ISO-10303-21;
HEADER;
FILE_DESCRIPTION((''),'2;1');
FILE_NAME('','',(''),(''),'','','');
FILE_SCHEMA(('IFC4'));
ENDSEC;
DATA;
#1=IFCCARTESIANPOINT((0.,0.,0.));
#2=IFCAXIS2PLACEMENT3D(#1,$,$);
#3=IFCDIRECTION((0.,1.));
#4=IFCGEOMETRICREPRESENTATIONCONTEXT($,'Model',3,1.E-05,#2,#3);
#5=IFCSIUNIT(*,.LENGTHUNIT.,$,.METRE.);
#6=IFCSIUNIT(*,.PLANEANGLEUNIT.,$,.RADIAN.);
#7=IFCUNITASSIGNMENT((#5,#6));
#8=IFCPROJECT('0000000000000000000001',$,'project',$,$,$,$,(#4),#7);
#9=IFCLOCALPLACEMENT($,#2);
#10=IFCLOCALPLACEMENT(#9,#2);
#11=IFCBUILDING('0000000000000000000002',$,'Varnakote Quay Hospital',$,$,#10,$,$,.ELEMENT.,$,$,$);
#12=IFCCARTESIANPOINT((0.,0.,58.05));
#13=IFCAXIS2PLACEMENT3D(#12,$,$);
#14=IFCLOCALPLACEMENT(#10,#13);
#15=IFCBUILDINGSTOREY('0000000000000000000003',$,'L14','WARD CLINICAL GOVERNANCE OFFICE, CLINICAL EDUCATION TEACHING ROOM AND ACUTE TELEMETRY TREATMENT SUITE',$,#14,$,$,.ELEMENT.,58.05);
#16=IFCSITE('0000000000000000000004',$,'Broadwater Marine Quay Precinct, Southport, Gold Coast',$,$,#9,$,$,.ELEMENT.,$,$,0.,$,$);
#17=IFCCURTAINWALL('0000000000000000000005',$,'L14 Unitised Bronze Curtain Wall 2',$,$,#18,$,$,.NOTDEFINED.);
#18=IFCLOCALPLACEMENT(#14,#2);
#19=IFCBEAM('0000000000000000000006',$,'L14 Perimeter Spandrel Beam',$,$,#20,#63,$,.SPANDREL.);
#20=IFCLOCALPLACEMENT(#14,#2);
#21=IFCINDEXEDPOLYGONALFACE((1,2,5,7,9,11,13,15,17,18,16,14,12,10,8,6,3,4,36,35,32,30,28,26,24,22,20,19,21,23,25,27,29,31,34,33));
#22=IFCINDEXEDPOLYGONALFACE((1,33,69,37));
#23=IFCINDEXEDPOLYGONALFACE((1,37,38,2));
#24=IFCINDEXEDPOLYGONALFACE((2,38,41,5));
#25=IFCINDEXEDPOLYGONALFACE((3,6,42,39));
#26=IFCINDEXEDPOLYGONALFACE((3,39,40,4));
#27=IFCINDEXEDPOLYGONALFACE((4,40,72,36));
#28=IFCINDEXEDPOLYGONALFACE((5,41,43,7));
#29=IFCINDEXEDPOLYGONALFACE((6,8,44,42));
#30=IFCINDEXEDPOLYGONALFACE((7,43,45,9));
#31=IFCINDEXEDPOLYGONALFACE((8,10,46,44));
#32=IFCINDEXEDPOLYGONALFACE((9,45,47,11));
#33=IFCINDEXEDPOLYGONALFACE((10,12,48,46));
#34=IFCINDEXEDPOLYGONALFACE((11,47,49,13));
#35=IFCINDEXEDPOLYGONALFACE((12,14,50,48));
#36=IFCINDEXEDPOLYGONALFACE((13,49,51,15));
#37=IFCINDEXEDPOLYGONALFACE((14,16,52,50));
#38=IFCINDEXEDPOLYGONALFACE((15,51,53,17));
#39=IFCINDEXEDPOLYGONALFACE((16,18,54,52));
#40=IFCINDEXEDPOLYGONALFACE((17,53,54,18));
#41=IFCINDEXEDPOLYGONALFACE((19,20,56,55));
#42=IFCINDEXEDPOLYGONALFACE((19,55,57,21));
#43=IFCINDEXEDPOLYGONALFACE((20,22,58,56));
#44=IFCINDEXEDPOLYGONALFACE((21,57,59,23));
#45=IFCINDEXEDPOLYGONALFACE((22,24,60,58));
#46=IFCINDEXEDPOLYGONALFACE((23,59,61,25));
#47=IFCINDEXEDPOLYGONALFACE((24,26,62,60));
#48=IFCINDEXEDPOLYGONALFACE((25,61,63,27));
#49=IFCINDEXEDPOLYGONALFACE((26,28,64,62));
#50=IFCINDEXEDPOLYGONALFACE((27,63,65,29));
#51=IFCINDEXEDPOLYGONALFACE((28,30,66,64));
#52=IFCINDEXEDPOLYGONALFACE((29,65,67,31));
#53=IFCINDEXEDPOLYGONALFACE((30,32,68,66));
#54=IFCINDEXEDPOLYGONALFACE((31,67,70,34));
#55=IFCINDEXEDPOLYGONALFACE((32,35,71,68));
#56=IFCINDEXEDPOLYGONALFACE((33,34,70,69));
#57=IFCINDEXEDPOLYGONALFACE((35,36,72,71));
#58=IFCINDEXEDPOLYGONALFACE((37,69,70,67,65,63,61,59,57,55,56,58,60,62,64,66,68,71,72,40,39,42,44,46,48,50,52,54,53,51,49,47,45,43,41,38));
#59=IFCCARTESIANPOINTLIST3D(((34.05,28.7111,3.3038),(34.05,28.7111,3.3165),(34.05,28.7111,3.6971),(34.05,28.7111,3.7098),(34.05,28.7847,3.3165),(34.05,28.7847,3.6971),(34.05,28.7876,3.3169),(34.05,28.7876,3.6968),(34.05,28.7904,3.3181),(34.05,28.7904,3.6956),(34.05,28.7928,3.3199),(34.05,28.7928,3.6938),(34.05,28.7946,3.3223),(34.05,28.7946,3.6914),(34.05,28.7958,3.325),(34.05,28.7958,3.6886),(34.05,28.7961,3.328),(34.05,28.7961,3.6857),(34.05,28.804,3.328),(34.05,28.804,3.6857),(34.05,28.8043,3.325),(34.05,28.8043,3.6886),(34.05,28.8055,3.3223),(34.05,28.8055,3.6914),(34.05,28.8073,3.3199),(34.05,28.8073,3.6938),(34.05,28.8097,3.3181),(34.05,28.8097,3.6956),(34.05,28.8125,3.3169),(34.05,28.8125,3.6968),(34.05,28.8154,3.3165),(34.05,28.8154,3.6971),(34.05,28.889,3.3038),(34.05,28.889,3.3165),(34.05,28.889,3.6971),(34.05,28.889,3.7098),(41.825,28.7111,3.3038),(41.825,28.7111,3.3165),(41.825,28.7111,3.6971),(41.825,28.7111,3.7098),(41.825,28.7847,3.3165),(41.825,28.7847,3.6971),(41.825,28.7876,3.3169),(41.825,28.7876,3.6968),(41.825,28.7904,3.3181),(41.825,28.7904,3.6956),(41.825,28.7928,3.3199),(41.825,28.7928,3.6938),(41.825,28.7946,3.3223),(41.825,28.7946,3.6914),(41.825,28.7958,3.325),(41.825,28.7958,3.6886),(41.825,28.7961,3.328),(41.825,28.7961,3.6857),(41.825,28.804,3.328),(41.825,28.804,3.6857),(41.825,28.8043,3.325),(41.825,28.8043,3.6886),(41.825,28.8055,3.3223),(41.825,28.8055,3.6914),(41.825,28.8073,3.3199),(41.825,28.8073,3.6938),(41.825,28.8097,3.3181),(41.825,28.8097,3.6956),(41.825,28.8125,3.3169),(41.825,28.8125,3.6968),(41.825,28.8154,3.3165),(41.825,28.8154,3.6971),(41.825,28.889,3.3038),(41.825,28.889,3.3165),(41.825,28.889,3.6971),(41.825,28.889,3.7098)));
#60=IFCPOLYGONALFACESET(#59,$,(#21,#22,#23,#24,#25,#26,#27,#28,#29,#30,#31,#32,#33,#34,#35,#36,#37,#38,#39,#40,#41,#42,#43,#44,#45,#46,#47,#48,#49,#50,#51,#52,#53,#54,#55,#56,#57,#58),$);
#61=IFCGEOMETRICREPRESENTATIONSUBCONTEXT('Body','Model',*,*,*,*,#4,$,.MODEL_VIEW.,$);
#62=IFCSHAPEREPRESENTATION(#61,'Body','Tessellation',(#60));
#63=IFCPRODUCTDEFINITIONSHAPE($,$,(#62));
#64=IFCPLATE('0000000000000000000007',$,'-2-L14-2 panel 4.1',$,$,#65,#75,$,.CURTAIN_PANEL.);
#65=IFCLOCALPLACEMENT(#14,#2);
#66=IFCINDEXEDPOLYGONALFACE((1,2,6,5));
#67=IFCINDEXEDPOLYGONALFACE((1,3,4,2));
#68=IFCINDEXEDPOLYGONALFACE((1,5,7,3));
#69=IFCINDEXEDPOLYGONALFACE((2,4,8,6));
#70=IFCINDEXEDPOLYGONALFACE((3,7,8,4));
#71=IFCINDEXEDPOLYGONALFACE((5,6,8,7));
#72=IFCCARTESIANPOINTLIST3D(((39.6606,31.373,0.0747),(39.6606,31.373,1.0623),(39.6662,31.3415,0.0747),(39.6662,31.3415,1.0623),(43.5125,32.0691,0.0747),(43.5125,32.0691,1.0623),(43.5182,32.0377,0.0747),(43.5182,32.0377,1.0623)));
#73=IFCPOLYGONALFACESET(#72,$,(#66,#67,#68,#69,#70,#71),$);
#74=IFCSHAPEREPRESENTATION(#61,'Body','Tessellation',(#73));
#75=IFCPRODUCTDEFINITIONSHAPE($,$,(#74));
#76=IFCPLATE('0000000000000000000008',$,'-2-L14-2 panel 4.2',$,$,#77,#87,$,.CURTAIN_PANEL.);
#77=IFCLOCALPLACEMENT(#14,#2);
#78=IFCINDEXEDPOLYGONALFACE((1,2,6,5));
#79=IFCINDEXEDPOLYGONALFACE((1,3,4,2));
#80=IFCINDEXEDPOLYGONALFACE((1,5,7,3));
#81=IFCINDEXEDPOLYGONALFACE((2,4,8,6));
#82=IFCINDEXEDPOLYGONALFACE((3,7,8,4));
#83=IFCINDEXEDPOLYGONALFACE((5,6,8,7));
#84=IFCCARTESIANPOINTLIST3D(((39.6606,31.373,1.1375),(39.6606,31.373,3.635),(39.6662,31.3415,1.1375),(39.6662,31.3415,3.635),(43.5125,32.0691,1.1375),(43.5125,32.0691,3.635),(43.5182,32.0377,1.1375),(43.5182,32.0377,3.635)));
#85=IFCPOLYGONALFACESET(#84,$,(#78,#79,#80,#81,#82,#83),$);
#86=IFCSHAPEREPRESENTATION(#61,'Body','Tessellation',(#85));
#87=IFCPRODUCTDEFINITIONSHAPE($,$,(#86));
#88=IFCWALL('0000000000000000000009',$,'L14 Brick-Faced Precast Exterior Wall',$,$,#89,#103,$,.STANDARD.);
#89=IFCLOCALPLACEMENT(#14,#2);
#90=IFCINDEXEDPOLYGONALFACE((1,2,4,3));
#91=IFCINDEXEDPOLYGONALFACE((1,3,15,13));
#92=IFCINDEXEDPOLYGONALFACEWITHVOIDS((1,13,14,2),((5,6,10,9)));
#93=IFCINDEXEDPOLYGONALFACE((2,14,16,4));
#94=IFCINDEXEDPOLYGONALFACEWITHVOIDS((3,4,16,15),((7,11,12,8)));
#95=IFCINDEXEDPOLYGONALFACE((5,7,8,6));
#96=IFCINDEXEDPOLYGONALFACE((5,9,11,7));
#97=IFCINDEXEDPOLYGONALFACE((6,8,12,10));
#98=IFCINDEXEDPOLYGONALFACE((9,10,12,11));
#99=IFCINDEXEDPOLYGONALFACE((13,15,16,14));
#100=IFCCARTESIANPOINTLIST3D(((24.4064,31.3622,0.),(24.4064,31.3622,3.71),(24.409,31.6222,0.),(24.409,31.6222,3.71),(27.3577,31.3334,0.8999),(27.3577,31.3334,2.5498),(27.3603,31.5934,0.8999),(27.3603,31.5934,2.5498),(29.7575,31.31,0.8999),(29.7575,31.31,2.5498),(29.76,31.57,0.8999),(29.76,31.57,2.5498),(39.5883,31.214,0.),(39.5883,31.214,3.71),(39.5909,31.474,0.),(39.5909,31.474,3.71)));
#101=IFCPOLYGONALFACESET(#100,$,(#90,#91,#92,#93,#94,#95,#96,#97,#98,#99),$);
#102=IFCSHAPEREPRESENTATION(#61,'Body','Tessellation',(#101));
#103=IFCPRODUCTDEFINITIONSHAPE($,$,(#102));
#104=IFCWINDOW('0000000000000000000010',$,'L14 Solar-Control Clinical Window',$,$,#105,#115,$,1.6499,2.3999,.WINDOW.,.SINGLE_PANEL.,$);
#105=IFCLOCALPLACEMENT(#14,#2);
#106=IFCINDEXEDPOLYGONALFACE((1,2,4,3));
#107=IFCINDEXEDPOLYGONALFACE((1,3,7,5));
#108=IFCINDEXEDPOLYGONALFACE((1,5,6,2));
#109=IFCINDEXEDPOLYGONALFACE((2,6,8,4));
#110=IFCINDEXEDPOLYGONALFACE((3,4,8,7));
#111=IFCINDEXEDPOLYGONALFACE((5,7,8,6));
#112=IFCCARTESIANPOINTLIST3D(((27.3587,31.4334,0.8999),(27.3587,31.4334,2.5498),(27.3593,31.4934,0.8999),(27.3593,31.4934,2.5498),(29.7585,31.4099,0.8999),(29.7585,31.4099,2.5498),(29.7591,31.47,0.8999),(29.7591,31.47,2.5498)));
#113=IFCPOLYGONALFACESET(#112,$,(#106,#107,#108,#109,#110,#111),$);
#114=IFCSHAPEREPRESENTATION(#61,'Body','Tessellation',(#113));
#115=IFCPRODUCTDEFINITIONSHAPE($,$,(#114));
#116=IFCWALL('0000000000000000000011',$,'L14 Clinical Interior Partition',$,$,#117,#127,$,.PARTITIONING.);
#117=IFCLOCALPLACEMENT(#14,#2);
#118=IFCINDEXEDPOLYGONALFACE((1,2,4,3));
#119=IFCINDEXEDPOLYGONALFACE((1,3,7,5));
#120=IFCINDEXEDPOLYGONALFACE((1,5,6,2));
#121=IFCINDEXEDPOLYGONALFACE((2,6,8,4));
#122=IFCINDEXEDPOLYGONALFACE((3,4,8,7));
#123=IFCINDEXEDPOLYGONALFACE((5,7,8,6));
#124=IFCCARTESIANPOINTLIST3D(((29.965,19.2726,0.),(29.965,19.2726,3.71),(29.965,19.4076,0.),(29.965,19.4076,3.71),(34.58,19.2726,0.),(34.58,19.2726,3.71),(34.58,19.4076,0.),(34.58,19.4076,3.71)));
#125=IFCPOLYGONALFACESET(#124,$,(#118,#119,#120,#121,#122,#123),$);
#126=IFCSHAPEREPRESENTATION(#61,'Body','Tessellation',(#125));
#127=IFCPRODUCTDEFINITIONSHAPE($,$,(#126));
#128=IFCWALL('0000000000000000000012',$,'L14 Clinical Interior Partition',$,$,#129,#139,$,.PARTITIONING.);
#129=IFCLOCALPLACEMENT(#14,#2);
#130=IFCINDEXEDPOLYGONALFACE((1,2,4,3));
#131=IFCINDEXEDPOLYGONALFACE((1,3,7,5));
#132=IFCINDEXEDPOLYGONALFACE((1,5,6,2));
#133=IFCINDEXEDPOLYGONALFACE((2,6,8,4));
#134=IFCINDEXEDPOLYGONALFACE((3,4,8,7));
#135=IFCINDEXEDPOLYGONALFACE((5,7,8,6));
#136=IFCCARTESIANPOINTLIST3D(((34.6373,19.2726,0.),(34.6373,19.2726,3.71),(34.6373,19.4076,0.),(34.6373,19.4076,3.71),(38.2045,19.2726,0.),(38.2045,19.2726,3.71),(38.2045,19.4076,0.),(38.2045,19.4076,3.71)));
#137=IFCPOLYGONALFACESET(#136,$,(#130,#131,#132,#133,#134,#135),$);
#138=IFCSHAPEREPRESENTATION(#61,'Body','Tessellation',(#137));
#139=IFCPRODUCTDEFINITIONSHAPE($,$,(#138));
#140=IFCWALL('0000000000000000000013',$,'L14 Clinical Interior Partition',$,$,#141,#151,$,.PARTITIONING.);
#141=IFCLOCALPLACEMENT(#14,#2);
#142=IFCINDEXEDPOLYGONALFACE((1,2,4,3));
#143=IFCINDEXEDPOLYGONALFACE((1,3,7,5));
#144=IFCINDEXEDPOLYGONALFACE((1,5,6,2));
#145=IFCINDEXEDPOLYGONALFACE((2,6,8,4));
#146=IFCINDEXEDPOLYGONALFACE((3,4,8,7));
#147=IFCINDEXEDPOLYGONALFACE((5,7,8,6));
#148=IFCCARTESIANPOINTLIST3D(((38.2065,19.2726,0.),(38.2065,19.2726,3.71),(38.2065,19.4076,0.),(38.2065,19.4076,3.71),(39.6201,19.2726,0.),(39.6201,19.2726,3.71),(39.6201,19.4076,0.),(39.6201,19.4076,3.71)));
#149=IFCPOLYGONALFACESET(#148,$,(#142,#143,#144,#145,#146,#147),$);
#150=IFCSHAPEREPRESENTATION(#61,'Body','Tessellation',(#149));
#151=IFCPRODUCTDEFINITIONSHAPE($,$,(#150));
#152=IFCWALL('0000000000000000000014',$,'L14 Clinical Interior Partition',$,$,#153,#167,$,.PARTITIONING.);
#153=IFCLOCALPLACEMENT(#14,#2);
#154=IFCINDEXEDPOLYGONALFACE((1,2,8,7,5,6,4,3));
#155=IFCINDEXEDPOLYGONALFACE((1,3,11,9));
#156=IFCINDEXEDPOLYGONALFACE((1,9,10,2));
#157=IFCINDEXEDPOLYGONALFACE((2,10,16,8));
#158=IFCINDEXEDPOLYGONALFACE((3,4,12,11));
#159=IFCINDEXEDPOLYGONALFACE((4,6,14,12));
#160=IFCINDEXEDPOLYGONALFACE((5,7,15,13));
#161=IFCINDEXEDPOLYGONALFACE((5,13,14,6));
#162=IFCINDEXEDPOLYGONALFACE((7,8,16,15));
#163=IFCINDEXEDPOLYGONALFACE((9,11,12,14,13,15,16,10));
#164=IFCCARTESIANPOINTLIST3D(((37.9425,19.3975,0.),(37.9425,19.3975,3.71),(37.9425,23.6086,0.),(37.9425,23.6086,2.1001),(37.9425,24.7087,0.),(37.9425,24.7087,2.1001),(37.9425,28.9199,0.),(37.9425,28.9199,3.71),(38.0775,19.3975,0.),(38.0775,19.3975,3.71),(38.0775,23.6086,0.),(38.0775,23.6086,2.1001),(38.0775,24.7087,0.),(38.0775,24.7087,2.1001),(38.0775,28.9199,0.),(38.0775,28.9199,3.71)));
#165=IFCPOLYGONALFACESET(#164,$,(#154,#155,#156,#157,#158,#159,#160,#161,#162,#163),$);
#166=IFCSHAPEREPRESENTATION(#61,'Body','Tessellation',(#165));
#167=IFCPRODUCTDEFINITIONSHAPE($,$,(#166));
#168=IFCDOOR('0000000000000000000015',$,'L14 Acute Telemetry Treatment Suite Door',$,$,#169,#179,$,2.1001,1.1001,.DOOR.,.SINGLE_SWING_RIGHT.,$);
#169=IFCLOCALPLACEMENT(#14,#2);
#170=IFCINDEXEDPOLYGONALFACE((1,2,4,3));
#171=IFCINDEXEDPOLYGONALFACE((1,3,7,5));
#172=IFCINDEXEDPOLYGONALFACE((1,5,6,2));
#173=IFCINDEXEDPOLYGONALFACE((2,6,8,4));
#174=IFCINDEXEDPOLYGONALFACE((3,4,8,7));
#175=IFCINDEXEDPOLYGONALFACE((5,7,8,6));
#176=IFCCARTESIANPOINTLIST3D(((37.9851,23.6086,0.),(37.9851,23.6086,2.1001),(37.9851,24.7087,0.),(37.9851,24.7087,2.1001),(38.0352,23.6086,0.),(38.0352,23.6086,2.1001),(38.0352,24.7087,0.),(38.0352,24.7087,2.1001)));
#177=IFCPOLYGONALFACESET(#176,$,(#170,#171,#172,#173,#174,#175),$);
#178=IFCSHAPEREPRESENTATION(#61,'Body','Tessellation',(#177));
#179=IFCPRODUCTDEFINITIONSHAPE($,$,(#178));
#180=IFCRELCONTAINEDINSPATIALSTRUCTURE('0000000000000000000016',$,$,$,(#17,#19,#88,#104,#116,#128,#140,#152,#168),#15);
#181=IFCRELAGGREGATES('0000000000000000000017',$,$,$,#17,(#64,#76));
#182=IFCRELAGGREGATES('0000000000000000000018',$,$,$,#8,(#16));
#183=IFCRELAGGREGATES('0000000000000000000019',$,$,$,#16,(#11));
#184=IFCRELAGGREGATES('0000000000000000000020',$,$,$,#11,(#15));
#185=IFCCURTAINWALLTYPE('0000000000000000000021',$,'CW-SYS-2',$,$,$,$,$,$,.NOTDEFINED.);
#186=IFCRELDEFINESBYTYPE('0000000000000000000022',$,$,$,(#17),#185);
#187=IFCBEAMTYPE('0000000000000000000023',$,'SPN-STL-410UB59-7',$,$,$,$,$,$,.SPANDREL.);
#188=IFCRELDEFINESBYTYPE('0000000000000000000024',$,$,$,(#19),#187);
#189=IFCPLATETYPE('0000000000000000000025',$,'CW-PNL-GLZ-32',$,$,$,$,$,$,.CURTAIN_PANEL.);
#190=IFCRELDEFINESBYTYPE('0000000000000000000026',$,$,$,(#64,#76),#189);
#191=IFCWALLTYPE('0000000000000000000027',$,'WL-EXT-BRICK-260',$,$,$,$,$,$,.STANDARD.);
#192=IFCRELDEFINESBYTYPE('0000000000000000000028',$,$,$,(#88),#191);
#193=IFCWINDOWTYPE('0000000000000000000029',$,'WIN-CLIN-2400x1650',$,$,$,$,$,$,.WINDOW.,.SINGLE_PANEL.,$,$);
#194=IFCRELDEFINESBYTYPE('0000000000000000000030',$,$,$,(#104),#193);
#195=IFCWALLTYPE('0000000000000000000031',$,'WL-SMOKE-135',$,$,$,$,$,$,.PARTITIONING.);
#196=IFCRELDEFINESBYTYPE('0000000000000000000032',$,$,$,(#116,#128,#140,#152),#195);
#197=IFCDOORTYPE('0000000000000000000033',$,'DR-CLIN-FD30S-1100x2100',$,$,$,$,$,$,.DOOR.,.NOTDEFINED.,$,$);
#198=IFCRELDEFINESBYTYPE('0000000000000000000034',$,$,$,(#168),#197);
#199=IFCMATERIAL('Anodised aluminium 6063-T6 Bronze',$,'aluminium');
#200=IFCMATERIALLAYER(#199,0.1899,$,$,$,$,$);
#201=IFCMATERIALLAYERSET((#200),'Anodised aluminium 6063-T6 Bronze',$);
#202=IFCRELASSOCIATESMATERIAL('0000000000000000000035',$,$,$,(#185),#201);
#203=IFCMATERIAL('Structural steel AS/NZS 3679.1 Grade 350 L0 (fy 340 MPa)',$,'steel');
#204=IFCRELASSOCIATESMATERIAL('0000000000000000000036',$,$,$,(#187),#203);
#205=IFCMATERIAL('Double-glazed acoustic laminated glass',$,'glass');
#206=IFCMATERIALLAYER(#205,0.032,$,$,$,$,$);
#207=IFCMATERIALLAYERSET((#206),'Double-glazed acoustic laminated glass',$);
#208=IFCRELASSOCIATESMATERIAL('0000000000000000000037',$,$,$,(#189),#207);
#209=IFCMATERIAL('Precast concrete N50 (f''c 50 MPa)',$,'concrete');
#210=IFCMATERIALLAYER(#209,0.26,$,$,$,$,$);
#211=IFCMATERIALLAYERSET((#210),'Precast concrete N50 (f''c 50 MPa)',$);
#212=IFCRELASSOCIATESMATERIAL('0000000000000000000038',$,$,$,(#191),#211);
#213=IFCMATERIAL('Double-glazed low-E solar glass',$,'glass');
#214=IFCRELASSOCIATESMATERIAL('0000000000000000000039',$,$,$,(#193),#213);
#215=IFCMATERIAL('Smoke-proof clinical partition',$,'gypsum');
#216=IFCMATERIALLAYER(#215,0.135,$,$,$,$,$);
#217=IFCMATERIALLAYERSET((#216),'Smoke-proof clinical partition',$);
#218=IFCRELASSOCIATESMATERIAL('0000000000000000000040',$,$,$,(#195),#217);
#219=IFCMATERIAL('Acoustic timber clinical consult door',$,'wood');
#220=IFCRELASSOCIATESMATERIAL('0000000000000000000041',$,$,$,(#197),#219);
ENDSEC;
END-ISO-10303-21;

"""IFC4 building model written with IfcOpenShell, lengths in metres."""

from ifc_helpers import new_model, si_unit, direction, frame, frame_2d, origin, origin_2d, place, context, subcontext, project, spatial, rectangle, i_section, extrude, material, layer, layer_set, material_profile, profile_set, type_object, element, fill, aggregate, save


model = new_model("IFC4")

# Units and contexts
model_context = context("Model", 3, precision=1e-05, world=origin(), true_north=direction((0.0, 1.0)))
body_context = subcontext(model_context, "Body", "Model", "MODEL_VIEW")
ifc_project = project(units=[si_unit("LENGTHUNIT", "METRE"), si_unit("PLANEANGLEUNIT", "RADIAN")], contexts=[model_context])

# Site, building, storey
site_placement = place(None, origin())
site = spatial("IfcSite", under=ifc_project, at=site_placement, Name="Broadwater Marine Quay Precinct, Southport, Gold Coast", CompositionType="ELEMENT", RefElevation=0.0)
building_placement = place(site_placement, origin())
building = spatial("IfcBuilding", under=site, at=building_placement, Name="Varnakote Quay Hospital", CompositionType="ELEMENT")
storey_placement = place(building_placement, frame((0.0, 0.0, 58.05)))
storey = spatial("IfcBuildingStorey", under=building, at=storey_placement, Name="L14", Description="WARD CLINICAL GOVERNANCE OFFICE, CLINICAL EDUCATION TEACHING ROOM AND ACUTE TELEMETRY TREATMENT SUITE", CompositionType="ELEMENT", Elevation=58.05)

# Curtain wall
ifc_material_1 = material(Name="Anodised aluminium 6063-T6 Bronze", Category="aluminium")
ifc_layer_1 = layer(ifc_material_1, 0.1899)
ifc_layer_set_1 = layer_set([ifc_layer_1], Name="Anodised aluminium 6063-T6 Bronze")
curtain_wall_type = type_object("IfcCurtainWallType", Name="CW-SYS-2", PredefinedType="NOTDEFINED", material=ifc_layer_set_1)
curtain_wall_placement = place(storey_placement, origin())
curtain_wall = element("IfcCurtainWall", 1, at=curtain_wall_placement, inside=storey, type_object=curtain_wall_type, Name="L14 Unitised Bronze Curtain Wall 2", PredefinedType="NOTDEFINED")

# Beam
ifc_material_2 = material(Name="Structural steel AS/NZS 3679.1 Grade 350 L0 (fy 340 MPa)", Category="steel")
ifc_material_profile_1 = material_profile(ifc_material_2, i_section(OverallWidth=0.178, OverallDepth=0.406, WebThickness=0.0078, FlangeThickness=0.0127, FilletRadius=0.0115, at=origin_2d()), Name="410UB59.7")
ifc_profile_set_1 = profile_set([ifc_material_profile_1], Name="Structural steel AS/NZS 3679.1 Grade 350 L0 (fy 340 MPa)")
beam_type_1 = type_object("IfcBeamType", Name="SPN-STL-410UB59-7", PredefinedType="SPANDREL", material=ifc_profile_set_1)
beam_1_placement = place(storey_placement, frame((34.05, 28.8, 3.5068), z_axis=(1.0, 0.0, 0.0), x_axis=(0.0, 1.0, 0.0)))
element("IfcBeam", 2, at=beam_1_placement, inside=storey, type_object=beam_type_1, Name="L14 Perimeter Spandrel Beam", PredefinedType="SPANDREL", context=body_context, shape_type="SweptSolid", body=[
    extrude(i_section(OverallWidth=0.178, OverallDepth=0.406, WebThickness=0.0078, FlangeThickness=0.0127, FilletRadius=0.0115, at=origin_2d()), origin(), (0.0, 0.0, 1.0), 7.7749),
])

# Plates
ifc_material_3 = material(Name="Double-glazed acoustic laminated glass", Category="glass")
ifc_layer_2 = layer(ifc_material_3, 0.032)
ifc_layer_set_2 = layer_set([ifc_layer_2], Name="Double-glazed acoustic laminated glass")
plate_type = type_object("IfcPlateType", Name="CW-PNL-GLZ-32", PredefinedType="CURTAIN_PANEL", material=ifc_layer_set_2)
plate_1_placement = place(storey_placement, frame((41.5894, 31.7053, 0.0747), z_axis=(0.0, 0.0, 1.0), x_axis=(-0.984058, -0.177846, 0.0)))
plate_1 = element("IfcPlate", 3, at=plate_1_placement, type_object=plate_type, Name="-2-L14-2 panel 4.1", PredefinedType="CURTAIN_PANEL", context=body_context, shape_type="SweptSolid", body=[
    extrude(rectangle(XDim=3.9143, YDim=0.032, at=origin_2d()), origin(), (0.0, 0.0, 1.0), 0.9875),
])
plate_2_placement = place(storey_placement, frame((41.5894, 31.7053, 1.1375), z_axis=(0.0, 0.0, 1.0), x_axis=(-0.984058, -0.177846, 0.0)))
plate_2 = element("IfcPlate", 4, at=plate_2_placement, type_object=plate_type, Name="-2-L14-2 panel 4.2", PredefinedType="CURTAIN_PANEL", context=body_context, shape_type="SweptSolid", body=[
    extrude(rectangle(XDim=3.9143, YDim=0.032, at=origin_2d()), origin(), (0.0, 0.0, 1.0), 2.4976),
])
aggregate(curtain_wall, [plate_1, plate_2])

# Wall, opening, window
ifc_material_4 = material(Name="Precast concrete N50 (f'c 50 MPa)", Category="concrete")
ifc_layer_3 = layer(ifc_material_4, 0.26)
ifc_layer_set_3 = layer_set([ifc_layer_3], Name="Precast concrete N50 (f'c 50 MPa)")
wall_type_1 = type_object("IfcWallType", Name="WL-EXT-BRICK-260", PredefinedType="STANDARD", material=ifc_layer_set_3)
wall_1_placement = place(storey_placement, frame((39.5896, 31.344, 0.0), z_axis=(0.0, 0.0, 1.0), x_axis=(-0.999952, 0.009761, 0.0)))
wall_1 = element("IfcWall", 5, at=wall_1_placement, inside=storey, type_object=wall_type_1, Name="L14 Brick-Faced Precast Exterior Wall", PredefinedType="STANDARD", context=body_context, shape_type="SweptSolid", body=[
    extrude(rectangle(XDim=15.1826, YDim=0.26, at=frame_2d((7.5913, 0.0))), origin(), (0.0, 0.0, 1.0), 3.71),
])
opening_1_placement = place(wall_1_placement, frame((9.8313, 0.0, 0.8999)))
opening_1 = element("IfcOpeningElement", 6, at=opening_1_placement, cuts=wall_1, PredefinedType="OPENING", context=body_context, shape_type="SweptSolid", body=[
    extrude(rectangle(XDim=2.3999, YDim=1.6499, at=frame_2d((1.2, 0.825))), frame((0.0, 0.1399, 0.0), z_axis=(0.0, -1.0, 0.0), x_axis=(1.0, 0.0, 0.0)), (0.0, 0.0, 1.0), 0.28),
])
ifc_material_5 = material(Name="Double-glazed low-E solar glass", Category="glass")
window_type = type_object("IfcWindowType", Name="WIN-CLIN-2400x1650", PartitioningType="SINGLE_PANEL", PredefinedType="WINDOW", material=ifc_material_5)
window_placement = place(opening_1_placement, origin())
window = element("IfcWindow", 7, at=window_placement, inside=storey, type_object=window_type, Name="L14 Solar-Control Clinical Window", OverallHeight=1.6499, OverallWidth=2.3999, PartitioningType="SINGLE_PANEL", PredefinedType="WINDOW", context=body_context, shape_type="SweptSolid", body=[
    extrude(rectangle(XDim=2.3999, YDim=1.6499, at=frame_2d((1.2, 0.825))), frame((0.0, 0.03, 0.0), z_axis=(0.0, -1.0, 0.0), x_axis=(1.0, 0.0, 0.0)), (0.0, 0.0, 1.0), 0.0601),
])
fill(opening_1, window)

# Walls
ifc_material_6 = material(Name="Smoke-proof clinical partition", Category="gypsum")
ifc_layer_4 = layer(ifc_material_6, 0.135)
ifc_layer_set_4 = layer_set([ifc_layer_4], Name="Smoke-proof clinical partition")
wall_type_2 = type_object("IfcWallType", Name="WL-SMOKE-135", PredefinedType="PARTITIONING", material=ifc_layer_set_4)
wall_2_placement = place(storey_placement, frame((34.5801, 19.3401, 0.0), z_axis=(0.0, 0.0, 1.0), x_axis=(-1.0, 0.0, 0.0)))
element("IfcWall", 8, at=wall_2_placement, inside=storey, type_object=wall_type_2, Name="L14 Clinical Interior Partition", PredefinedType="PARTITIONING", context=body_context, shape_type="SweptSolid", body=[
    extrude(rectangle(XDim=4.615, YDim=0.135, at=frame_2d((2.3076, 0.0))), origin(), (0.0, 0.0, 1.0), 3.71),
])
wall_3_placement = place(storey_placement, frame((38.2046, 19.3401, 0.0), z_axis=(0.0, 0.0, 1.0), x_axis=(-1.0, 0.0, 0.0)))
element("IfcWall", 9, at=wall_3_placement, inside=storey, type_object=wall_type_2, Name="L14 Clinical Interior Partition", PredefinedType="PARTITIONING", context=body_context, shape_type="SweptSolid", body=[
    extrude(rectangle(XDim=3.5671, YDim=0.135, at=frame_2d((1.7837, 0.0))), origin(), (0.0, 0.0, 1.0), 3.71),
])
wall_4_placement = place(storey_placement, frame((39.6201, 19.3401, 0.0), z_axis=(0.0, 0.0, 1.0), x_axis=(-1.0, 0.0, 0.0)))
element("IfcWall", 10, at=wall_4_placement, inside=storey, type_object=wall_type_2, Name="L14 Clinical Interior Partition", PredefinedType="PARTITIONING", context=body_context, shape_type="SweptSolid", body=[
    extrude(rectangle(XDim=1.4136, YDim=0.135, at=frame_2d((0.7068, 0.0))), origin(), (0.0, 0.0, 1.0), 3.71),
])

# Wall, opening, door
wall_5_placement = place(storey_placement, frame((38.01, 19.3975, 0.0), z_axis=(0.0, 0.0, 1.0), x_axis=(0.0, 1.0, 0.0)))
wall_5 = element("IfcWall", 11, at=wall_5_placement, inside=storey, type_object=wall_type_2, Name="L14 Clinical Interior Partition", PredefinedType="PARTITIONING", context=body_context, shape_type="SweptSolid", body=[
    extrude(rectangle(XDim=9.5225, YDim=0.135, at=frame_2d((4.7612, 0.0))), origin(), (0.0, 0.0, 1.0), 3.71),
])
opening_2_placement = place(wall_5_placement, frame((4.2112, 0.0, 0.0)))
opening_2 = element("IfcOpeningElement", 12, at=opening_2_placement, cuts=wall_5, PredefinedType="OPENING", context=body_context, shape_type="SweptSolid", body=[
    extrude(rectangle(XDim=1.1001, YDim=2.1001, at=frame_2d((0.55, 1.05))), frame((0.0, 0.0774, 0.0), z_axis=(0.0, -1.0, 0.0), x_axis=(1.0, 0.0, 0.0)), (0.0, 0.0, 1.0), 0.155),
])
ifc_material_7 = material(Name="Acoustic timber clinical consult door", Category="wood")
door_type = type_object("IfcDoorType", Name="DR-CLIN-FD30S-1100x2100", OperationType="NOTDEFINED", PredefinedType="DOOR", material=ifc_material_7)
door_1_placement = place(opening_2_placement, origin())
door_1 = element("IfcDoor", 13, at=door_1_placement, inside=storey, type_object=door_type, Name="L14 Acute Telemetry Treatment Suite Door", OperationType="SINGLE_SWING_RIGHT", OverallHeight=2.1001, OverallWidth=1.1001, PredefinedType="DOOR", context=body_context, shape_type="SweptSolid", body=[
    extrude(rectangle(XDim=1.1001, YDim=2.1001, at=frame_2d((0.55, 1.05))), frame((0.0, 0.0249, 0.0), z_axis=(0.0, -1.0, 0.0), x_axis=(1.0, 0.0, 0.0)), (0.0, 0.0, 1.0), 0.05),
])
fill(opening_2, door_1)

save(model, "model.ifc")
